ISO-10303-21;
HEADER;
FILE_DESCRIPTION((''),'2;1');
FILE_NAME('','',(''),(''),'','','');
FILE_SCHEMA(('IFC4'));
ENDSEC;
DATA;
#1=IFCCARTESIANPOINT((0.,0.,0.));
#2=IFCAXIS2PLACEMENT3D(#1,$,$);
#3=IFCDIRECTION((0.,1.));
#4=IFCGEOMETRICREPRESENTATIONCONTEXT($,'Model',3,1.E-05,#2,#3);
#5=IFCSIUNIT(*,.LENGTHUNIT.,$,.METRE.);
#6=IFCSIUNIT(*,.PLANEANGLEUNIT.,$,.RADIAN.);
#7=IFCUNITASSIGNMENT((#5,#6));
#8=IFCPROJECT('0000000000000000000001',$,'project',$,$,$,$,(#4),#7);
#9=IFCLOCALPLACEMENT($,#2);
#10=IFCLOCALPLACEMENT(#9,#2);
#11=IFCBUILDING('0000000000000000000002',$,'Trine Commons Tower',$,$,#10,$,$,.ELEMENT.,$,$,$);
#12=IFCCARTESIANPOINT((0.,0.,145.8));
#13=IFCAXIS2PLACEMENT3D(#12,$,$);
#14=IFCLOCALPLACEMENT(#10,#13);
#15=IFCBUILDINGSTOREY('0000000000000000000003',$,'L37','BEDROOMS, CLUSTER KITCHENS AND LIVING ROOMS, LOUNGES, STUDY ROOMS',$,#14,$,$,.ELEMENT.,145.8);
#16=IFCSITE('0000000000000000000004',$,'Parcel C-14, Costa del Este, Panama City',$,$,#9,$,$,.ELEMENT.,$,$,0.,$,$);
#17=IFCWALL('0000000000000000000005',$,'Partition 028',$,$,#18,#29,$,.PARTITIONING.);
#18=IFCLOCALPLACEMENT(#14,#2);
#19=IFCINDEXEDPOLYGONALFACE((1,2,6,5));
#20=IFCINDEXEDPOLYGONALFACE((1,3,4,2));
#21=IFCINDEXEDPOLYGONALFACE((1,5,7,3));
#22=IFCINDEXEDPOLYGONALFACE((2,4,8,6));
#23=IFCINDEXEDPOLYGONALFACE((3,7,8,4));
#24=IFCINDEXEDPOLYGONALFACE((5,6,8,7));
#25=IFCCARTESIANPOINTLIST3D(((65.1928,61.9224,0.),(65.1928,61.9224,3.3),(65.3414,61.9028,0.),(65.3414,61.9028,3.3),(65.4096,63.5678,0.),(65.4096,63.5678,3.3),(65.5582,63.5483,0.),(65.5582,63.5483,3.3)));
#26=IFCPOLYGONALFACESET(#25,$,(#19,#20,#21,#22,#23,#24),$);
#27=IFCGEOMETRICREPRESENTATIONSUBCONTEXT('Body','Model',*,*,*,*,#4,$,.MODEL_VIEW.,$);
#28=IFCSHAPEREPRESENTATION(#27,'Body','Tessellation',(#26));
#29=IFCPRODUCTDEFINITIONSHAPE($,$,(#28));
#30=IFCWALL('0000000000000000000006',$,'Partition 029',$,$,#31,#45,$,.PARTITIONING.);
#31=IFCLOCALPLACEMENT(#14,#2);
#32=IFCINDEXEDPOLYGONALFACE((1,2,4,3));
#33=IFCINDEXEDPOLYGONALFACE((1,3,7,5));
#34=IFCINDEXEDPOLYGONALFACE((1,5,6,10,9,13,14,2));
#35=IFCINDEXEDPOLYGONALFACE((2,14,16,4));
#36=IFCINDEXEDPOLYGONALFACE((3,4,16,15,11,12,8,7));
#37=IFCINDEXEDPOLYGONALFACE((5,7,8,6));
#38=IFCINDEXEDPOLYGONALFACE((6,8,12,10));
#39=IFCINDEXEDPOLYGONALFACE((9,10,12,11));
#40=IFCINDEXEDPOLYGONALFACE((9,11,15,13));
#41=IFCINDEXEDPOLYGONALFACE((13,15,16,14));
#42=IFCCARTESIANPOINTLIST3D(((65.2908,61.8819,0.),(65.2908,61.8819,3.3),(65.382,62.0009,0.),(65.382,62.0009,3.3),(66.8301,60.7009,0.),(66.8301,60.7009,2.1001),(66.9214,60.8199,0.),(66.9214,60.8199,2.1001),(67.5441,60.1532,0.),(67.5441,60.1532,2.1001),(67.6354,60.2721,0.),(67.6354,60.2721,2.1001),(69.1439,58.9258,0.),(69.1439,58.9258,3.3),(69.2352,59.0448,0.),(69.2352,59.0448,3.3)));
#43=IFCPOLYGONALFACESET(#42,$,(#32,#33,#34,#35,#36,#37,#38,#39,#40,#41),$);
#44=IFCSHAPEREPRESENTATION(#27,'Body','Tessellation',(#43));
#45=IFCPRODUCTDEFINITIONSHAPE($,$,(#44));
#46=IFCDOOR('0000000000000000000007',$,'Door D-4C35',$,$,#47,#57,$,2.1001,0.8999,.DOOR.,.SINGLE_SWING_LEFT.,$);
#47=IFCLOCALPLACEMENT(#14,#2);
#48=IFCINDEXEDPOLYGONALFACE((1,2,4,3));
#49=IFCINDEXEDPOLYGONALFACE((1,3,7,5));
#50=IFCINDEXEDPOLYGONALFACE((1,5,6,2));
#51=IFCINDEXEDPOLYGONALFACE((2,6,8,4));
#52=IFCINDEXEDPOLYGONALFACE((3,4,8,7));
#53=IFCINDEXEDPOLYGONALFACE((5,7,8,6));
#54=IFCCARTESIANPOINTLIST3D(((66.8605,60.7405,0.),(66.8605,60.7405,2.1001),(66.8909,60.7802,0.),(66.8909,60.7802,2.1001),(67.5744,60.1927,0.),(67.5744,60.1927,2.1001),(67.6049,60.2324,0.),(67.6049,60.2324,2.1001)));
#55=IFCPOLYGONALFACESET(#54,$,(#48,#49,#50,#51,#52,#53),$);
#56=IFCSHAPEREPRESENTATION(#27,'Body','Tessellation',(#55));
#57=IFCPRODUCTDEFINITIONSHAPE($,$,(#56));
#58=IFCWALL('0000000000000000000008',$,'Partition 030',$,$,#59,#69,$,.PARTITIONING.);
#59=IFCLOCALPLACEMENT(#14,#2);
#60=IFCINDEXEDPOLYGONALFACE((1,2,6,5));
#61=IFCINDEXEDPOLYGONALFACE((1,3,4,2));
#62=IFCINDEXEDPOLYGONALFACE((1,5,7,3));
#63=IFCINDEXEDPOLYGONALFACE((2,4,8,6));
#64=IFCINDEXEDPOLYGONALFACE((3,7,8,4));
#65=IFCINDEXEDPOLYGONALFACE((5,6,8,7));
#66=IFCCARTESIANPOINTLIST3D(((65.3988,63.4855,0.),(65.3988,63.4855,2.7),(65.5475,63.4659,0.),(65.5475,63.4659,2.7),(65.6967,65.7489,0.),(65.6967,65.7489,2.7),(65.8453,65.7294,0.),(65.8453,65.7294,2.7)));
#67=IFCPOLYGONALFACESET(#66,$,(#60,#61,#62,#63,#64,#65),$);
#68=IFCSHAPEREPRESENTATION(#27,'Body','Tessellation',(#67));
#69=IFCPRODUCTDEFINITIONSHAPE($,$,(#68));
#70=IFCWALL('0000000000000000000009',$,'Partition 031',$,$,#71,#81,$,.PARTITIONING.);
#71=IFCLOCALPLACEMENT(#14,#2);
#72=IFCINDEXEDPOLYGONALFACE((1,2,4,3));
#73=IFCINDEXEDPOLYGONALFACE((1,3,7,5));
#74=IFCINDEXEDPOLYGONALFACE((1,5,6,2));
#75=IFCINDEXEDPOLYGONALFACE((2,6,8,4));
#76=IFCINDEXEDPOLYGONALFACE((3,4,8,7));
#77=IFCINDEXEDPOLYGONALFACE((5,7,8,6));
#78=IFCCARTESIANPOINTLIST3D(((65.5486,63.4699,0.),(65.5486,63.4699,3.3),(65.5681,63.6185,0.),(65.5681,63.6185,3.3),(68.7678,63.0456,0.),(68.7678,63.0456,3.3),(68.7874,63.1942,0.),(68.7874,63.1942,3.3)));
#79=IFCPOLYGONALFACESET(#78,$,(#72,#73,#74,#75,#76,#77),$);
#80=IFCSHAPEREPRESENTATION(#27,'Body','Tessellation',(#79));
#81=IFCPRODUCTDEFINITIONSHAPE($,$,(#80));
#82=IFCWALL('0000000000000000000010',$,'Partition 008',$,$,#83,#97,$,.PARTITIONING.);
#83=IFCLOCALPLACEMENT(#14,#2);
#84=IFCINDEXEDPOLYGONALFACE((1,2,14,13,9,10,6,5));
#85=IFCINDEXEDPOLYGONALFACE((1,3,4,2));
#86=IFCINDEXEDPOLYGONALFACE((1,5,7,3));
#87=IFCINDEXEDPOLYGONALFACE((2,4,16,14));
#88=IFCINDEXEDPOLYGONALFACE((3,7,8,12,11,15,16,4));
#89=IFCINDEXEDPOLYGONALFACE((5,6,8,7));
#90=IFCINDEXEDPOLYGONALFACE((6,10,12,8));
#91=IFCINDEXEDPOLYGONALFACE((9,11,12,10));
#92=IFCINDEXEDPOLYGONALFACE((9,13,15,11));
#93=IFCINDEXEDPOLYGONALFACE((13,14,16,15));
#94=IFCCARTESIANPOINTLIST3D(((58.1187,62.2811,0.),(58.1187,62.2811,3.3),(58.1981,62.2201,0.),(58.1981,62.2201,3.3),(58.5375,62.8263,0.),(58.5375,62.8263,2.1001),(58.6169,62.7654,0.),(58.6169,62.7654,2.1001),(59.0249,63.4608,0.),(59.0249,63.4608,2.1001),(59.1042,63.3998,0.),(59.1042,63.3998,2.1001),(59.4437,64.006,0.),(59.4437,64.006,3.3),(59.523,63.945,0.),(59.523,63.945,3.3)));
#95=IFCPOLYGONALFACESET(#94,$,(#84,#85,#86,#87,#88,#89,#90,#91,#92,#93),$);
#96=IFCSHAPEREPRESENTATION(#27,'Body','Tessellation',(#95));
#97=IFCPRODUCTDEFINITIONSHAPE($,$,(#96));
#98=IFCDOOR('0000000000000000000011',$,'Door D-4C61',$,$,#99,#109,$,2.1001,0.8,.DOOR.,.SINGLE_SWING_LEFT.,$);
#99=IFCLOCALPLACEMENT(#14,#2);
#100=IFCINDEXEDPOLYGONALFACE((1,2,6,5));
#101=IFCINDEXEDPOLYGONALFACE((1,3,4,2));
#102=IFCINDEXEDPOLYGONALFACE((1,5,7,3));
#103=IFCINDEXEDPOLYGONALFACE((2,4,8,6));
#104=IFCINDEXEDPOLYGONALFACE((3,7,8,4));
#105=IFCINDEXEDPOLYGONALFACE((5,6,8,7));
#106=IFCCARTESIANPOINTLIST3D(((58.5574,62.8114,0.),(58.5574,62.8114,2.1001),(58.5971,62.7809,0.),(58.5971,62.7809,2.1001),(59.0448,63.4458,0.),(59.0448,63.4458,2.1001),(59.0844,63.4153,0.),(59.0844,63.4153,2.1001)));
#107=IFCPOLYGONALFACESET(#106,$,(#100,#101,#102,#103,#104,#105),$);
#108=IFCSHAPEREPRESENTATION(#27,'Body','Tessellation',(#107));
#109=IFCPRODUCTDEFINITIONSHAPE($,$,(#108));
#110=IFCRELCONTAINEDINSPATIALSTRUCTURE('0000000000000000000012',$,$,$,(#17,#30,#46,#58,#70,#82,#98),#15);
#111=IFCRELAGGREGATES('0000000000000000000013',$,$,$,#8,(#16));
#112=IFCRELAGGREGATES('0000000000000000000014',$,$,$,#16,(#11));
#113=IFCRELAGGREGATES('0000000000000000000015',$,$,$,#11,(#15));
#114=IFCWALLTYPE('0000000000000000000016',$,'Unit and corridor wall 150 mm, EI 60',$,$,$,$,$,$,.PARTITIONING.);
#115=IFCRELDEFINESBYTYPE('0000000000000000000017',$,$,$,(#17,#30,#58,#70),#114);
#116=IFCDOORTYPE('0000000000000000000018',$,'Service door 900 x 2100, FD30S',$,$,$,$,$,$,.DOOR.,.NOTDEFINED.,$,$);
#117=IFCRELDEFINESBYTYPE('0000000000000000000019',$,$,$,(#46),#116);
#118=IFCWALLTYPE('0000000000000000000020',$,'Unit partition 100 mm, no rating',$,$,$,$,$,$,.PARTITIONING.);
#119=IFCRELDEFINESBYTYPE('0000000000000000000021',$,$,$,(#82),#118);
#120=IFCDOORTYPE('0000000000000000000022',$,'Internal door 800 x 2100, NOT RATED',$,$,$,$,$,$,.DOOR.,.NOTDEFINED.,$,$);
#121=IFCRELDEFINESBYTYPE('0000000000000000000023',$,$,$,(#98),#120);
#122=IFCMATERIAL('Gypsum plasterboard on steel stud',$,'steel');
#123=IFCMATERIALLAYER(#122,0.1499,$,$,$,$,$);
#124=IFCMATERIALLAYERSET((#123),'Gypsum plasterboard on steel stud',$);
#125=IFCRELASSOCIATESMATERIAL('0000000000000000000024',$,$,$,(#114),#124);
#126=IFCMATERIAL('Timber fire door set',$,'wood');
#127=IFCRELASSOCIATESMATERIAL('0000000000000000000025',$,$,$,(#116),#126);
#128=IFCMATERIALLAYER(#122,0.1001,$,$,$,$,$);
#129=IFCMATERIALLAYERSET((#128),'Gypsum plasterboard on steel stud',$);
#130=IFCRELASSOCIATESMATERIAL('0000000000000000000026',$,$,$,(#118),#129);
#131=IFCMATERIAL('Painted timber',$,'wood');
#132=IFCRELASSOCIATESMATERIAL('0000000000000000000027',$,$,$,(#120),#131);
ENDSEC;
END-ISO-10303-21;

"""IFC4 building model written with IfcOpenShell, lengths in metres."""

from ifc_helpers import new_model, si_unit, direction, frame, frame_2d, origin, place, context, subcontext, project, spatial, rectangle, extrude, material, layer, layer_set, type_object, element, fill, save


model = new_model("IFC4")

# Units and contexts
model_context = context("Model", 3, precision=1e-05, world=origin(), true_north=direction((0.0, 1.0)))
body_context = subcontext(model_context, "Body", "Model", "MODEL_VIEW")
ifc_project = project(units=[si_unit("LENGTHUNIT", "METRE"), si_unit("PLANEANGLEUNIT", "RADIAN")], contexts=[model_context])

# Site, building, storey
site_placement = place(None, origin())
site = spatial("IfcSite", under=ifc_project, at=site_placement, Name="Parcel C-14, Costa del Este, Panama City", CompositionType="ELEMENT", RefElevation=0.0)
building_placement = place(site_placement, origin())
building = spatial("IfcBuilding", under=site, at=building_placement, Name="Trine Commons Tower", CompositionType="ELEMENT")
storey_placement = place(building_placement, frame((0.0, 0.0, 145.8)))
storey = spatial("IfcBuildingStorey", under=building, at=storey_placement, Name="L37", Description="BEDROOMS, CLUSTER KITCHENS AND LIVING ROOMS, LOUNGES, STUDY ROOMS", CompositionType="ELEMENT", Elevation=145.8)

# Shared definitions
ifc_material_1 = material(Name="Gypsum plasterboard on steel stud", Category="steel")
ifc_layer_1 = layer(ifc_material_1, 0.1499)
ifc_layer_set_1 = layer_set([ifc_layer_1], Name="Gypsum plasterboard on steel stud")
wall_type_1 = type_object("IfcWallType", Name="Unit and corridor wall 150 mm, EI 60", PredefinedType="PARTITIONING", material=ifc_layer_set_1)
ifc_material_2 = material(Name="Painted timber", Category="wood")
ifc_material_3 = material(Name="Timber fire door set", Category="wood")

# Wall
wall_1_placement = place(storey_placement, frame((65.2671, 61.9126, 0.0), z_axis=(0.0, 0.0, 1.0), x_axis=(0.130622, 0.991432, 0.0)))
element("IfcWall", 1, at=wall_1_placement, inside=storey, type_object=wall_type_1, Name="Partition 028", PredefinedType="PARTITIONING", context=body_context, shape_type="SweptSolid", body=[
    extrude(rectangle(XDim=1.6597, YDim=0.1499, at=frame_2d((0.8298, 0.0))), origin(), (0.0, 0.0, 1.0), 3.3),
])

# Wall, opening, door
wall_2_placement = place(storey_placement, frame((65.3364, 61.9414, 0.0), z_axis=(0.0, 0.0, 1.0), x_axis=(0.793401, -0.6087, 0.0)))
wall_2 = element("IfcWall", 2, at=wall_2_placement, inside=storey, type_object=wall_type_1, Name="Partition 029", PredefinedType="PARTITIONING", context=body_context, shape_type="SweptSolid", body=[
    extrude(rectangle(XDim=4.8564, YDim=0.1499, at=frame_2d((2.4282, 0.0))), origin(), (0.0, 0.0, 1.0), 3.3),
])
opening_1_placement = place(wall_2_placement, frame((1.9402, 0.0, 0.0)))
opening_1 = element("IfcOpeningElement", 3, at=opening_1_placement, cuts=wall_2, PredefinedType="OPENING", context=body_context, shape_type="SweptSolid", body=[
    extrude(rectangle(XDim=0.8999, YDim=2.1001, at=frame_2d((0.45, 1.05))), frame((0.0, 0.085, 0.0), z_axis=(0.0, -1.0, 0.0), x_axis=(1.0, 0.0, 0.0)), (0.0, 0.0, 1.0), 0.1699),
])
door_type_1 = type_object("IfcDoorType", Name="Service door 900 x 2100, FD30S", OperationType="NOTDEFINED", PredefinedType="DOOR", material=ifc_material_3)
door_1_placement = place(opening_1_placement, origin())
door_1 = element("IfcDoor", 4, at=door_1_placement, inside=storey, type_object=door_type_1, Name="Door D-4C35", OperationType="SINGLE_SWING_LEFT", OverallHeight=2.1001, OverallWidth=0.8999, PredefinedType="DOOR", context=body_context, shape_type="SweptSolid", body=[
    extrude(rectangle(XDim=0.8999, YDim=2.1001, at=frame_2d((0.45, 1.05))), frame((0.0, 0.0249, 0.0), z_axis=(0.0, -1.0, 0.0), x_axis=(1.0, 0.0, 0.0)), (0.0, 0.0, 1.0), 0.05),
])
fill(opening_1, door_1)

# Walls
wall_3_placement = place(storey_placement, frame((65.4731, 63.4756, 0.0), z_axis=(0.0, 0.0, 1.0), x_axis=(0.130468, 0.991452, 0.0)))
element("IfcWall", 5, at=wall_3_placement, inside=storey, type_object=wall_type_1, Name="Partition 030", PredefinedType="PARTITIONING", context=body_context, shape_type="SweptSolid", body=[
    extrude(rectangle(XDim=2.283, YDim=0.1499, at=frame_2d((1.1416, 0.0))), origin(), (0.0, 0.0, 1.0), 2.7),
])
wall_4_placement = place(storey_placement, frame((65.5583, 63.5442, 0.0), z_axis=(0.0, 0.0, 1.0), x_axis=(0.991425, -0.130676, 0.0)))
element("IfcWall", 6, at=wall_4_placement, inside=storey, type_object=wall_type_1, Name="Partition 031", PredefinedType="PARTITIONING", context=body_context, shape_type="SweptSolid", body=[
    extrude(rectangle(XDim=3.2471, YDim=0.1499, at=frame_2d((1.6235, 0.0))), origin(), (0.0, 0.0, 1.0), 3.3),
])

# Wall, opening, door
ifc_layer_2 = layer(ifc_material_1, 0.1001)
ifc_layer_set_2 = layer_set([ifc_layer_2], Name="Gypsum plasterboard on steel stud")
wall_type_2 = type_object("IfcWallType", Name="Unit partition 100 mm, no rating", PredefinedType="PARTITIONING", material=ifc_layer_set_2)
wall_5_placement = place(storey_placement, frame((58.1584, 62.2507, 0.0), z_axis=(0.0, 0.0, 1.0), x_axis=(0.609174, 0.793037, 0.0)))
wall_5 = element("IfcWall", 7, at=wall_5_placement, inside=storey, type_object=wall_type_2, Name="Partition 008", PredefinedType="PARTITIONING", context=body_context, shape_type="SweptSolid", body=[
    extrude(rectangle(XDim=2.175, YDim=0.1001, at=frame_2d((1.0874, 0.0))), origin(), (0.0, 0.0, 1.0), 3.3),
])
opening_2_placement = place(wall_5_placement, frame((0.6875, 0.0, 0.0)))
opening_2 = element("IfcOpeningElement", 8, at=opening_2_placement, cuts=wall_5, PredefinedType="OPENING", context=body_context, shape_type="SweptSolid", body=[
    extrude(rectangle(XDim=0.8, YDim=2.1001, at=frame_2d((0.3999, 1.05))), frame((0.0, 0.0601, 0.0), z_axis=(0.0, -1.0, 0.0), x_axis=(1.0, 0.0, 0.0)), (0.0, 0.0, 1.0), 0.1201),
])
door_type_2 = type_object("IfcDoorType", Name="Internal door 800 x 2100, NOT RATED", OperationType="NOTDEFINED", PredefinedType="DOOR", material=ifc_material_2)
door_2_placement = place(opening_2_placement, frame((0.8, 0.0, 0.0), z_axis=(0.0, 0.0, 1.0), x_axis=(-1.0, 0.0, 0.0)))
door_2 = element("IfcDoor", 9, at=door_2_placement, inside=storey, type_object=door_type_2, Name="Door D-4C61", OperationType="SINGLE_SWING_LEFT", OverallHeight=2.1001, OverallWidth=0.8, PredefinedType="DOOR", context=body_context, shape_type="SweptSolid", body=[
    extrude(rectangle(XDim=0.8, YDim=2.1001, at=frame_2d((0.3999, 1.05))), frame((0.0, 0.0249, 0.0), z_axis=(0.0, -1.0, 0.0), x_axis=(1.0, 0.0, 0.0)), (0.0, 0.0, 1.0), 0.05),
])
fill(opening_2, door_2)

save(model, "model.ifc")
